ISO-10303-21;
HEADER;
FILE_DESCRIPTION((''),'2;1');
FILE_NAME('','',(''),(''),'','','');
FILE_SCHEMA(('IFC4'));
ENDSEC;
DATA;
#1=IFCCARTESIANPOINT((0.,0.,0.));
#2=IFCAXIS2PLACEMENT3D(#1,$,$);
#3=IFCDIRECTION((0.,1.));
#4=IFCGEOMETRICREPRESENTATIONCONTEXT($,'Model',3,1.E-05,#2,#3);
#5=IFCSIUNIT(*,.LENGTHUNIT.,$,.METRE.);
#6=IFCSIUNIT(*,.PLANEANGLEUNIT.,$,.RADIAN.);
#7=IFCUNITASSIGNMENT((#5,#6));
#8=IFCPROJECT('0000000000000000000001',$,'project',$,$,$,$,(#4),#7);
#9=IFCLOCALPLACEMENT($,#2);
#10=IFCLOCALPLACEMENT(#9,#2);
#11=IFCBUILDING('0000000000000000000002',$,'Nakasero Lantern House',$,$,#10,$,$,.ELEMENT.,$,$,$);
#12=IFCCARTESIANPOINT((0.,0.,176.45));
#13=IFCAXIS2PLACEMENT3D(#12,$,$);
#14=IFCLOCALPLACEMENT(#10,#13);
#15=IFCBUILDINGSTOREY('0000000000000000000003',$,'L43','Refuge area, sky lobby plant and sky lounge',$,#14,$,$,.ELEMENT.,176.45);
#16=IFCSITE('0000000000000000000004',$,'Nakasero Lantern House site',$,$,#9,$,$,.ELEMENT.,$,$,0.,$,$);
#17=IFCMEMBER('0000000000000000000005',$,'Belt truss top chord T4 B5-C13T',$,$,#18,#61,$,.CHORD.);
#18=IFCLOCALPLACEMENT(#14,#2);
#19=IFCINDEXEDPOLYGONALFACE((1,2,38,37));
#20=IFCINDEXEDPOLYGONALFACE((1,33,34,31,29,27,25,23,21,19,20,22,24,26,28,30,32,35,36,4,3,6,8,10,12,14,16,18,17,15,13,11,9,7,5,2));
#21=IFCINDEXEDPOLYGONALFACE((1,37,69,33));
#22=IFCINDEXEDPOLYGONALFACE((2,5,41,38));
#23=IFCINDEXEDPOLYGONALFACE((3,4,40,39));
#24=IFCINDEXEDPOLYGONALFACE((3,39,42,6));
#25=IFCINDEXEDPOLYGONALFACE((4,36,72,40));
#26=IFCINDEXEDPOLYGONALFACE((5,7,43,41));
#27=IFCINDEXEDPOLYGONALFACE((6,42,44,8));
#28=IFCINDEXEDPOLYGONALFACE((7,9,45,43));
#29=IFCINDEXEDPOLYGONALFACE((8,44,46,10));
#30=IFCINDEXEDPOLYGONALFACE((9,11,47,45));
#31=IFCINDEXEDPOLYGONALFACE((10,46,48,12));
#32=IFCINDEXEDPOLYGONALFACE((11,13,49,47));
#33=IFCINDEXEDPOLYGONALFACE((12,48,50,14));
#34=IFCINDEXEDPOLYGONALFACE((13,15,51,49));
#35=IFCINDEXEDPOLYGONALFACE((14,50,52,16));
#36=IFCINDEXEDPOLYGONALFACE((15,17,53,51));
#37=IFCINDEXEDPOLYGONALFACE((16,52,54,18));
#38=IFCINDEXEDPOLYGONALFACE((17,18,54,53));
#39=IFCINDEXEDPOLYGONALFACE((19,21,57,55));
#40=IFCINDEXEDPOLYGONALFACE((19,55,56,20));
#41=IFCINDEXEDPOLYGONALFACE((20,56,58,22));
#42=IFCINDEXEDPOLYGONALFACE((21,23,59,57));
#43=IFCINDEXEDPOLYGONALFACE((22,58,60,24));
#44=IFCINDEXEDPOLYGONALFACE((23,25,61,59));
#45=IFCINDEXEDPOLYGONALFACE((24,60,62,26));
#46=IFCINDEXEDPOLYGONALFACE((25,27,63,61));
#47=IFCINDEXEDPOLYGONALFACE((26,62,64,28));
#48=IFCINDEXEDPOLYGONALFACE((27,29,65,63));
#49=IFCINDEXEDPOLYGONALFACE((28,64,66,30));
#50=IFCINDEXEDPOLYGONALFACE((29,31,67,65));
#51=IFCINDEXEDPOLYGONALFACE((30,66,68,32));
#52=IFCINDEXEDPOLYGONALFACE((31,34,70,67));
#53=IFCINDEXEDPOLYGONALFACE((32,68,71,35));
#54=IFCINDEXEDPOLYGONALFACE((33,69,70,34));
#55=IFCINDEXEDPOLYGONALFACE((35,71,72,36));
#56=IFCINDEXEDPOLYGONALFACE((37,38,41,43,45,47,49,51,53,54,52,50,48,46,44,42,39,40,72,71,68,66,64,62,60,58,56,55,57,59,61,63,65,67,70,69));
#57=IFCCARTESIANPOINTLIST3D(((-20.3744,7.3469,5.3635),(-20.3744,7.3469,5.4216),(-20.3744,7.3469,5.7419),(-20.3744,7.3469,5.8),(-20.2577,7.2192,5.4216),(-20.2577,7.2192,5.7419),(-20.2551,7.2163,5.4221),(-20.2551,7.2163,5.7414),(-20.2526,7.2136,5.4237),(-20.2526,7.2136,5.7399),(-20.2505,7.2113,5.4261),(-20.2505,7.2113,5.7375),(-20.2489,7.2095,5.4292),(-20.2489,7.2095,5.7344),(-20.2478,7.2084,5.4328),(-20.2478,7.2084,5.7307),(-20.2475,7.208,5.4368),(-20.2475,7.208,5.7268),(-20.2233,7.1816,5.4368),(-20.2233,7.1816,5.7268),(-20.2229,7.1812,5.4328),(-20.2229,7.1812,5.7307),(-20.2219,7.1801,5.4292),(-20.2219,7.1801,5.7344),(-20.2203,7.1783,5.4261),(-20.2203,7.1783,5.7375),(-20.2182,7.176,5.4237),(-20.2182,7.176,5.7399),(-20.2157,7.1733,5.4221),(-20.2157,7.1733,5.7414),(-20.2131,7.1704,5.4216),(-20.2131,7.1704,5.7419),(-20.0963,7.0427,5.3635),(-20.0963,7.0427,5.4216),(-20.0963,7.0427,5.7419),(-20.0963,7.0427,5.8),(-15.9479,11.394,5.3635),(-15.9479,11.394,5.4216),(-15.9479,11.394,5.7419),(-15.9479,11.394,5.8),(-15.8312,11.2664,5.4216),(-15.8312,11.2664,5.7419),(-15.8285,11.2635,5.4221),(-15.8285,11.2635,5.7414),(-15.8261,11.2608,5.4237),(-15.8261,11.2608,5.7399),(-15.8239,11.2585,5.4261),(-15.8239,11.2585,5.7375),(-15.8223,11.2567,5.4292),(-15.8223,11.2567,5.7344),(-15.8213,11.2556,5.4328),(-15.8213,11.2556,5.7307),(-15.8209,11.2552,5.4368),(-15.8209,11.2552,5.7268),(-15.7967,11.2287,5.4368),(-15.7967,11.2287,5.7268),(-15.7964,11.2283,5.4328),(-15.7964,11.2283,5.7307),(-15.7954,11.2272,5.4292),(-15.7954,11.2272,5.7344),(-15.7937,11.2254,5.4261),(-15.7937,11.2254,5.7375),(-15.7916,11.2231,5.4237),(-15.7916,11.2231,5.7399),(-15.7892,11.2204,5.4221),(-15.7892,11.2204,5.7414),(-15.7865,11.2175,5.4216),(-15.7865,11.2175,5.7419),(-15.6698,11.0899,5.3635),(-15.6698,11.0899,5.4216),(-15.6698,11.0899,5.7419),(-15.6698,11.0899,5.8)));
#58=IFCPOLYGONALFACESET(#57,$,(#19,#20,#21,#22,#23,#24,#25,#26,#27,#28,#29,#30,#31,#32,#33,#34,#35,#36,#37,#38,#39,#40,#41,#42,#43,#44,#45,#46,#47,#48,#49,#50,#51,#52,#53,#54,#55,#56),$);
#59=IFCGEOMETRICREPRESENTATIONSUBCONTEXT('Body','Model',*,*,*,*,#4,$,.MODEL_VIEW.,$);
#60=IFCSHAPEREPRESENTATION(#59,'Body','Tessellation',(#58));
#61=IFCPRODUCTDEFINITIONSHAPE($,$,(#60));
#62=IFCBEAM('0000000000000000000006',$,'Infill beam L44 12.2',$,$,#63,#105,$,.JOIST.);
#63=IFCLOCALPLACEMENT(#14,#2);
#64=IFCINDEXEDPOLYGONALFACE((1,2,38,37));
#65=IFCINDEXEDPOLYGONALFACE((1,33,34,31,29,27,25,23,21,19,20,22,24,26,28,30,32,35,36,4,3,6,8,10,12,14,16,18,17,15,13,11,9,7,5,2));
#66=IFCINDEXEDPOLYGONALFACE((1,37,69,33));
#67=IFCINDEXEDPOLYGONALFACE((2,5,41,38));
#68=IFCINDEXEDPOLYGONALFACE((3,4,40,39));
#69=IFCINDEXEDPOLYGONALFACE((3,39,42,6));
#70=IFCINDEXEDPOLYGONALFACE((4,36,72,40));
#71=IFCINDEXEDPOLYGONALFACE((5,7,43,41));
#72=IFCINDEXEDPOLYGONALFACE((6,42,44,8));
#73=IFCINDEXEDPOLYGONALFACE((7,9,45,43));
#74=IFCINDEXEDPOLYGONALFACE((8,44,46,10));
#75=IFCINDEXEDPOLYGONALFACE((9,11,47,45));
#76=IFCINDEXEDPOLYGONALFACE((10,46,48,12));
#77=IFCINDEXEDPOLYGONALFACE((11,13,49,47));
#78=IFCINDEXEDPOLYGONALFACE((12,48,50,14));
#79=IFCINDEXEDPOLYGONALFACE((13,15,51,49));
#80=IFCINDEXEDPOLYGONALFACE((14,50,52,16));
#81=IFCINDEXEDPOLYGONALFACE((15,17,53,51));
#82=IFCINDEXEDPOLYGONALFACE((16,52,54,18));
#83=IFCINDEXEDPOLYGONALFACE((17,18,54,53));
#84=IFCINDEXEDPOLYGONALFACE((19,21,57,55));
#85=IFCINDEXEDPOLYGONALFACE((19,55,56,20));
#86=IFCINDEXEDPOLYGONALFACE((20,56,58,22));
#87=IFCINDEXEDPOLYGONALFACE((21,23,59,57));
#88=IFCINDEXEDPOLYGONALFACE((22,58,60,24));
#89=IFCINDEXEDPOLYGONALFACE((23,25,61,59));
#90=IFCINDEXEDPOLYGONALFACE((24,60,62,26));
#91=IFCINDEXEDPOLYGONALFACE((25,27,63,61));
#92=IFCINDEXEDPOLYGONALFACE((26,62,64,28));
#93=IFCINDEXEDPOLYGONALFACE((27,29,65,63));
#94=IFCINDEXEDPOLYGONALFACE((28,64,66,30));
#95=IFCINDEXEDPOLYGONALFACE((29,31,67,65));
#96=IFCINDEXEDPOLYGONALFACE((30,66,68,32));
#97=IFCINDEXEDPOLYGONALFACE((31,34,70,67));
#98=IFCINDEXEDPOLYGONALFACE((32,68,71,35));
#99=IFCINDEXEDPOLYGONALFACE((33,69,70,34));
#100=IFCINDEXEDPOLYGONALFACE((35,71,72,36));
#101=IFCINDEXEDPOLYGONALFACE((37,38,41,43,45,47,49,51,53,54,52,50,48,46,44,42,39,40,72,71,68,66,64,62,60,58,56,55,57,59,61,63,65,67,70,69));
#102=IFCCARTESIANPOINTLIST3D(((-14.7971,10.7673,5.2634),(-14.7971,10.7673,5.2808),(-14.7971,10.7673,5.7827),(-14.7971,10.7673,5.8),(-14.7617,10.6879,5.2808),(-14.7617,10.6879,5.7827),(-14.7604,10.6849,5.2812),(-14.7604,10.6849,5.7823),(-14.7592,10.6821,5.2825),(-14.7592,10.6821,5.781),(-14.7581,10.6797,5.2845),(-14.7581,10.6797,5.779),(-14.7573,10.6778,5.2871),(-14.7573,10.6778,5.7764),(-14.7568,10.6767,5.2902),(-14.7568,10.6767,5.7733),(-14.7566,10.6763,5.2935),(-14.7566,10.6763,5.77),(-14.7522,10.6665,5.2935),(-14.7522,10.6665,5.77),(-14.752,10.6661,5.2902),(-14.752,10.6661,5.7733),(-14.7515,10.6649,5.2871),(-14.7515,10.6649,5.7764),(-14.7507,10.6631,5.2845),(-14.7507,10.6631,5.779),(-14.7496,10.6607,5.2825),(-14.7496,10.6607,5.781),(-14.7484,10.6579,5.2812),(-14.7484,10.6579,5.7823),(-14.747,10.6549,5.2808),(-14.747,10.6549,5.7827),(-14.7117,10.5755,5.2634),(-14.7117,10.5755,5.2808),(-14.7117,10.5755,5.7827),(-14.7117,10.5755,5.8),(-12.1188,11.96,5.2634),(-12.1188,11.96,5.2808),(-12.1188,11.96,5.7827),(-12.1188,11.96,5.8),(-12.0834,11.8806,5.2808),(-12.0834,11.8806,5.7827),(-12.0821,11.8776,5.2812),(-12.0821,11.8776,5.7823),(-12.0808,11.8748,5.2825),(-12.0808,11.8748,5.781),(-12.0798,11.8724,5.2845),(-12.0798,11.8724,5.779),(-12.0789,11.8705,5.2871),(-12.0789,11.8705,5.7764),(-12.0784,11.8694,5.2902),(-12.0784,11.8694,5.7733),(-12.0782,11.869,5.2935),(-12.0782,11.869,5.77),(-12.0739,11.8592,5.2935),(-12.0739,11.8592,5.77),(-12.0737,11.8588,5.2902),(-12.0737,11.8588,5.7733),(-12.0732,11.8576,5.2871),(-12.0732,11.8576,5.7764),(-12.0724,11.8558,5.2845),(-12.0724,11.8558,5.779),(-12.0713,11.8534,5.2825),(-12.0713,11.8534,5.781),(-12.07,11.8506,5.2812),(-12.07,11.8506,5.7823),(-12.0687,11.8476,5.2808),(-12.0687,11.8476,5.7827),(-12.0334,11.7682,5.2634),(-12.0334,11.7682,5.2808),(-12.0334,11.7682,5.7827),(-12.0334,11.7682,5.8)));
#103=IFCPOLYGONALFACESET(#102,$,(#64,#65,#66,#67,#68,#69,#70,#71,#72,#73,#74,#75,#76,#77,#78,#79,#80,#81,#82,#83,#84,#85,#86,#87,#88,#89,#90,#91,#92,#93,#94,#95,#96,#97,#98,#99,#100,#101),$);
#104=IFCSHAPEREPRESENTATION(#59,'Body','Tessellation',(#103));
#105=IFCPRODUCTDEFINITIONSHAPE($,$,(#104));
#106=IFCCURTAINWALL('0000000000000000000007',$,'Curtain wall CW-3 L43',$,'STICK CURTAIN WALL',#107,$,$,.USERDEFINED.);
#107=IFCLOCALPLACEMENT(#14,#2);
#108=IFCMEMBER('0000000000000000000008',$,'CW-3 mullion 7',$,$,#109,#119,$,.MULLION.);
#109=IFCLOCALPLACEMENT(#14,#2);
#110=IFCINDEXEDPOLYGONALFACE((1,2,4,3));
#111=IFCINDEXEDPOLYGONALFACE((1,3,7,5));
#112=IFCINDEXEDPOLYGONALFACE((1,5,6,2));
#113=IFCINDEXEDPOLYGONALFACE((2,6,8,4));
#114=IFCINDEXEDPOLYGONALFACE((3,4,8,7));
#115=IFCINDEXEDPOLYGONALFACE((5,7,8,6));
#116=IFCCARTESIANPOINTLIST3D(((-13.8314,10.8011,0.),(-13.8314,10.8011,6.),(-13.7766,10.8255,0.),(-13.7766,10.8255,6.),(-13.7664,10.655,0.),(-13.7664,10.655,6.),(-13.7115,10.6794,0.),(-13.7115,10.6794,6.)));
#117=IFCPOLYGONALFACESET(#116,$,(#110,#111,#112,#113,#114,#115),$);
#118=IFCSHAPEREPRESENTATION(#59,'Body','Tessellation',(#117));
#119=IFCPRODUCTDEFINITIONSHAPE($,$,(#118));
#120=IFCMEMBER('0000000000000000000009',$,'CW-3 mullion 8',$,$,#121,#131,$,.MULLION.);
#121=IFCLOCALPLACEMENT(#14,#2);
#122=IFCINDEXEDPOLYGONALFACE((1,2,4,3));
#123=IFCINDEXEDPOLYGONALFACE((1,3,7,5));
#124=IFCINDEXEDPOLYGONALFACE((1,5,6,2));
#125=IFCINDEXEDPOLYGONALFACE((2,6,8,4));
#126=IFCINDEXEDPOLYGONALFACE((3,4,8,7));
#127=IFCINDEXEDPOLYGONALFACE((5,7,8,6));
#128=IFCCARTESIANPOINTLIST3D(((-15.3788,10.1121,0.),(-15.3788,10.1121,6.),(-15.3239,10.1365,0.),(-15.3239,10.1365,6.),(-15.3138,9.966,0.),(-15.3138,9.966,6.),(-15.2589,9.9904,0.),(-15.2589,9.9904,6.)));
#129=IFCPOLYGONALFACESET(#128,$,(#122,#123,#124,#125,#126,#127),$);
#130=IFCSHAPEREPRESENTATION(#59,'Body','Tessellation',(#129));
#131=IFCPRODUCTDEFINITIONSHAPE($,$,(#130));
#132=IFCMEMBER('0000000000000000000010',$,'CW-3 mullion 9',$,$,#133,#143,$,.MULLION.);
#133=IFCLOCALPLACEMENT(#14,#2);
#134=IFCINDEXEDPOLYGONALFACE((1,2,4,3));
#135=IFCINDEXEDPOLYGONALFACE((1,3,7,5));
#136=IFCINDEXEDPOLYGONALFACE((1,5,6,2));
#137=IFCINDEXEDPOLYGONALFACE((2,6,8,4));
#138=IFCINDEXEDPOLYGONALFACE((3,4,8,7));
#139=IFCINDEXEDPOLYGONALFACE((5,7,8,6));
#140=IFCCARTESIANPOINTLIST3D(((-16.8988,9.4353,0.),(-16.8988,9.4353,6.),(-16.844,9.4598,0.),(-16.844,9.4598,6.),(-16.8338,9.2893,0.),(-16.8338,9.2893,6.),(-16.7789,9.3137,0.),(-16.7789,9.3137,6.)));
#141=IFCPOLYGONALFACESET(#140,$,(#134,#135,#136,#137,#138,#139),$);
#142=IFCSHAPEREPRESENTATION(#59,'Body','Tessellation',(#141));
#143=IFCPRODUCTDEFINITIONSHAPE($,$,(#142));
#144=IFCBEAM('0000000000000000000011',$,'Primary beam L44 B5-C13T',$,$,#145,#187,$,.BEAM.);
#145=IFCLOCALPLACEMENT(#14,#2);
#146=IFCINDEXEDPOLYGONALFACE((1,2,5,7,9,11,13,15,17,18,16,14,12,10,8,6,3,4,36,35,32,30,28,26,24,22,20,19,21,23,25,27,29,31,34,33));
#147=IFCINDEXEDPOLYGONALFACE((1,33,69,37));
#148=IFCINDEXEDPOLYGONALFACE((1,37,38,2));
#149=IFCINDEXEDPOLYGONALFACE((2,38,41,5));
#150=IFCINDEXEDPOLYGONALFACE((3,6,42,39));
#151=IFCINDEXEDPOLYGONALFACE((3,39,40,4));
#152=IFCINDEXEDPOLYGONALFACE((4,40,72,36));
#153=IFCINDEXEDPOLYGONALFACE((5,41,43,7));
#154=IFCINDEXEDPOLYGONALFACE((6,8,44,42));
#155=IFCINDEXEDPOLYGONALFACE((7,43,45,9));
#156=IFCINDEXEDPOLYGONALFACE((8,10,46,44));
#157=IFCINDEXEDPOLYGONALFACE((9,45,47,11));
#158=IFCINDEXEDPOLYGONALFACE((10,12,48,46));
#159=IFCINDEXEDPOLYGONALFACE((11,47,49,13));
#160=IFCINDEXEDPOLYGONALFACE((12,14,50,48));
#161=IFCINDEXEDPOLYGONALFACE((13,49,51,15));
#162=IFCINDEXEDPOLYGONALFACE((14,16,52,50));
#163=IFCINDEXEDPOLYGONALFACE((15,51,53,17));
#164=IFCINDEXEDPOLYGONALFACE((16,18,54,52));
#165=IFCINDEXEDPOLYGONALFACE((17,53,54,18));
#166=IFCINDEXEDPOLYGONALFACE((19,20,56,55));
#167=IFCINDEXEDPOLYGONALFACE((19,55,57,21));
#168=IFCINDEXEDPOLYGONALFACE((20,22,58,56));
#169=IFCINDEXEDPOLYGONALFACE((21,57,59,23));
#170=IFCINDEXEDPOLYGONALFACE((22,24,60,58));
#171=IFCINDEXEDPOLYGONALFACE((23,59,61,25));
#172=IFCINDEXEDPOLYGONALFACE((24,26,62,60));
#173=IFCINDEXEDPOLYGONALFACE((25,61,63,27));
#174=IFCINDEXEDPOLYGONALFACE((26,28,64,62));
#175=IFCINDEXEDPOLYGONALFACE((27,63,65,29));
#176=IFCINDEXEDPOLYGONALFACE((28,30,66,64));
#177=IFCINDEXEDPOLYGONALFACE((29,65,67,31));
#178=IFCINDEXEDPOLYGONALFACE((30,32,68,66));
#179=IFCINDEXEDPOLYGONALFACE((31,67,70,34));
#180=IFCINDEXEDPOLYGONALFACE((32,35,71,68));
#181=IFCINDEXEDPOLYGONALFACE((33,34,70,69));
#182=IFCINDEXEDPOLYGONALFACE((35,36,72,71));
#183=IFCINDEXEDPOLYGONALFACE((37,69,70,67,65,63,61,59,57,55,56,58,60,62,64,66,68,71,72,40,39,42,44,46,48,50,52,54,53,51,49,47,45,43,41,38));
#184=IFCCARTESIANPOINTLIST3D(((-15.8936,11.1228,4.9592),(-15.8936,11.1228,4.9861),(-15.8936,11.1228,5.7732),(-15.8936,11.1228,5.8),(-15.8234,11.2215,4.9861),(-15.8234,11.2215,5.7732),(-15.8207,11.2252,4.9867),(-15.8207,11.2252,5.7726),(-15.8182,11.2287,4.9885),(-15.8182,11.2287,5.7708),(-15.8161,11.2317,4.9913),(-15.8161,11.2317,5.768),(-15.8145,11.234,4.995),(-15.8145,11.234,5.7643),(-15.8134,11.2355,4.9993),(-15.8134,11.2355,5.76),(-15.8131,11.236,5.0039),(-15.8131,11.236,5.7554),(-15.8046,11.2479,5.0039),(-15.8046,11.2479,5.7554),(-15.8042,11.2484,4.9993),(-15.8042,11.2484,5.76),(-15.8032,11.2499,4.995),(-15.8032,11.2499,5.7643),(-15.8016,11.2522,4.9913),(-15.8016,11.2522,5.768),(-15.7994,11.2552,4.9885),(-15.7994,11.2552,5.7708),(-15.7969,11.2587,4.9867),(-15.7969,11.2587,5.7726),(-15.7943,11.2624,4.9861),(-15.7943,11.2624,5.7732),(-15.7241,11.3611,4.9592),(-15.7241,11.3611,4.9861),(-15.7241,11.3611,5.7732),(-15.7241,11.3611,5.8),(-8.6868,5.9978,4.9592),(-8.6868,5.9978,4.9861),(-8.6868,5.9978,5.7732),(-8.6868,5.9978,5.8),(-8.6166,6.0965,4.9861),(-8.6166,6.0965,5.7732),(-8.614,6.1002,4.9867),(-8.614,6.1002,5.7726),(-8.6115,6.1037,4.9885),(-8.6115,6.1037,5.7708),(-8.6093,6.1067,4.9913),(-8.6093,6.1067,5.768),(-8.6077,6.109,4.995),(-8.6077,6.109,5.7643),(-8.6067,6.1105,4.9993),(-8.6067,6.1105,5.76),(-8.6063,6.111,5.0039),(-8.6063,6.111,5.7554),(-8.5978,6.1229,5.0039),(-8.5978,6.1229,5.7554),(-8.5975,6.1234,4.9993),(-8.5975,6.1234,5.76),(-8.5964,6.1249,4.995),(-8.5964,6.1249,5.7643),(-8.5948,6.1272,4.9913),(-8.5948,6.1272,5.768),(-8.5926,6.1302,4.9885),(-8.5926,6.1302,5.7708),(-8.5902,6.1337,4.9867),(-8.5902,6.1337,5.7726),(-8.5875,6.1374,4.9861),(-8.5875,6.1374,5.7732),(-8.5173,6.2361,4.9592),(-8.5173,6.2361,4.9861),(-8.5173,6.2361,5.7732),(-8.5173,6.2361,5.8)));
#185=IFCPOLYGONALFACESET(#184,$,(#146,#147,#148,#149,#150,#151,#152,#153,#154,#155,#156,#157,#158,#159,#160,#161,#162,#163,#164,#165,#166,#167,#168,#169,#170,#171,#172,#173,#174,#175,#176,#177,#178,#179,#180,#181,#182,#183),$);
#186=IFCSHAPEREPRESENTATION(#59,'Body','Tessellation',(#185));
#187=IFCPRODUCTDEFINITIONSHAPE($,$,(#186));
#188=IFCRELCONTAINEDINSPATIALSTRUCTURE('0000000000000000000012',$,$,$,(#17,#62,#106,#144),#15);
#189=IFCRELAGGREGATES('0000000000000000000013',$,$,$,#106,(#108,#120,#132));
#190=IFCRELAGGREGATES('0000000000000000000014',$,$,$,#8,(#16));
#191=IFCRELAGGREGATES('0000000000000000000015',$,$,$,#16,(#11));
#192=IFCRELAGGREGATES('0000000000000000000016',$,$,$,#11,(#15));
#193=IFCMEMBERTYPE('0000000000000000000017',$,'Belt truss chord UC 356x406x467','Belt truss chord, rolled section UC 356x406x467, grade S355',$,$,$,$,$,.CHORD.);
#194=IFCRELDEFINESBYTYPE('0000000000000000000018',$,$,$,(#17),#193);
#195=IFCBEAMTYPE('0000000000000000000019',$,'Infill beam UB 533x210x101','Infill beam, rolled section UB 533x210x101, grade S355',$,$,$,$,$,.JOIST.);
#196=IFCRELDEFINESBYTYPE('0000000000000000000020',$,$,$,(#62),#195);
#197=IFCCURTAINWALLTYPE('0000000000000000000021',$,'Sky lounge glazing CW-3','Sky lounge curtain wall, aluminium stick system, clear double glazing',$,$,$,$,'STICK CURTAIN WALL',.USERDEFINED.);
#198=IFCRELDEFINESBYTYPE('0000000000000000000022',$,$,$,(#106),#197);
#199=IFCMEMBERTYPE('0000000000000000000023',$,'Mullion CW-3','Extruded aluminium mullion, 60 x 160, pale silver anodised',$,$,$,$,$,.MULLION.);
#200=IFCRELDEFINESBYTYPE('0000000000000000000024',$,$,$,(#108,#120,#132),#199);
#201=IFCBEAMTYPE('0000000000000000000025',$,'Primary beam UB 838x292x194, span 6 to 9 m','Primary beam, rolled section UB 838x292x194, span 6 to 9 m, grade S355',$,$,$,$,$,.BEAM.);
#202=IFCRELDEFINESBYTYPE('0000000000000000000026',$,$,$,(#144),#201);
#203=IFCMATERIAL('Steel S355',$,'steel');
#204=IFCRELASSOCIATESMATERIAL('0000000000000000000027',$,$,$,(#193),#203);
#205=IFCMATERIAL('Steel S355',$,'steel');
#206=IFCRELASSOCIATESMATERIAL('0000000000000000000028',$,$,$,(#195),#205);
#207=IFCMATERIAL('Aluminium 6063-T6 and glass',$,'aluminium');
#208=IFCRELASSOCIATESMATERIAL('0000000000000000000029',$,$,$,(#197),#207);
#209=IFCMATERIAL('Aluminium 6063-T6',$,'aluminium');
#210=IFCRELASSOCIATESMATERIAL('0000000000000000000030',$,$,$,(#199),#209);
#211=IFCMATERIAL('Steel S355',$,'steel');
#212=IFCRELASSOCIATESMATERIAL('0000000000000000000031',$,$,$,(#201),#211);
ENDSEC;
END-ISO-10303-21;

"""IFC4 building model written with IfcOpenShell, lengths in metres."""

from ifc_helpers import new_model, si_unit, direction, frame, origin, origin_2d, place, context, subcontext, project, spatial, rectangle, i_section, extrude, material, material_profile, profile_set, type_object, element, aggregate, save


model = new_model("IFC4")

# Units and contexts
model_context = context("Model", 3, precision=1e-05, world=origin(), true_north=direction((0.0, 1.0)))
body_context = subcontext(model_context, "Body", "Model", "MODEL_VIEW")
ifc_project = project(units=[si_unit("LENGTHUNIT", "METRE"), si_unit("PLANEANGLEUNIT", "RADIAN")], contexts=[model_context])

# Site, building, storey
site_placement = place(None, origin())
site = spatial("IfcSite", under=ifc_project, at=site_placement, Name="Nakasero Lantern House site", CompositionType="ELEMENT", RefElevation=0.0)
building_placement = place(site_placement, origin())
building = spatial("IfcBuilding", under=site, at=building_placement, Name="Nakasero Lantern House", CompositionType="ELEMENT")
storey_placement = place(building_placement, frame((0.0, 0.0, 176.45)))
storey = spatial("IfcBuildingStorey", under=building, at=storey_placement, Name="L43", Description="Refuge area, sky lobby plant and sky lounge", CompositionType="ELEMENT", Elevation=176.45)

# Member
ifc_material_1 = material(Name="Steel S355", Category="steel")
ifc_material_profile_1 = material_profile(ifc_material_1, i_section(OverallWidth=0.4121, OverallDepth=0.4365, WebThickness=0.0359, FlangeThickness=0.0581, FilletRadius=0.0151, at=origin_2d()), Name="UC 356x406x467")
ifc_profile_set_1 = profile_set([ifc_material_profile_1], Name="Steel S355")
member_type_1 = type_object("IfcMemberType", Name="Belt truss chord UC 356x406x467", Description="Belt truss chord, rolled section UC 356x406x467, grade S355", PredefinedType="CHORD", material=ifc_profile_set_1)
member_1_placement = place(storey_placement, frame((-15.8088, 11.2419, 5.5818), z_axis=(-0.738027, -0.674771, 0.0), x_axis=(0.674771, -0.738027, 0.0)))
element("IfcMember", 1, at=member_1_placement, inside=storey, type_object=member_type_1, Name="Belt truss top chord T4 B5-C13T", PredefinedType="CHORD", context=body_context, shape_type="SweptSolid", body=[
    extrude(i_section(OverallWidth=0.4121, OverallDepth=0.4365, WebThickness=0.0359, FlangeThickness=0.0581, FilletRadius=0.0151, at=origin_2d()), origin(), (0.0, 0.0, 1.0), 5.9978),
])

# Beam
ifc_material_2 = material(Name="Steel S355", Category="steel")
ifc_material_profile_2 = material_profile(ifc_material_2, i_section(OverallWidth=0.21, OverallDepth=0.5366, WebThickness=0.0107, FlangeThickness=0.0173, FilletRadius=0.0127, at=origin_2d()), Name="UB 533x210x101")
ifc_profile_set_2 = profile_set([ifc_material_profile_2], Name="Steel S355")
beam_type_1 = type_object("IfcBeamType", Name="Infill beam UB 533x210x101", Description="Infill beam, rolled section UB 533x210x101, grade S355", PredefinedType="JOIST", material=ifc_profile_set_2)
beam_1_placement = place(storey_placement, frame((-14.7544, 10.6714, 5.5317), z_axis=(0.913519, 0.406795, 0.0), x_axis=(-0.406795, 0.913519, 0.0)))
element("IfcBeam", 2, at=beam_1_placement, inside=storey, type_object=beam_type_1, Name="Infill beam L44 12.2", PredefinedType="JOIST", context=body_context, shape_type="SweptSolid", body=[
    extrude(i_section(OverallWidth=0.21, OverallDepth=0.5366, WebThickness=0.0107, FlangeThickness=0.0173, FilletRadius=0.0127, at=origin_2d()), origin(), (0.0, 0.0, 1.0), 2.9319),
])

# Curtain wall, members
ifc_material_3 = material(Name="Aluminium 6063-T6 and glass", Category="aluminium")
curtain_wall_type = type_object("IfcCurtainWallType", Name="Sky lounge glazing CW-3", Description="Sky lounge curtain wall, aluminium stick system, clear double glazing", ElementType="STICK CURTAIN WALL", PredefinedType="USERDEFINED", material=ifc_material_3)
curtain_wall_placement = place(storey_placement, origin())
curtain_wall = element("IfcCurtainWall", 3, at=curtain_wall_placement, inside=storey, type_object=curtain_wall_type, Name="Curtain wall CW-3 L43", ObjectType="STICK CURTAIN WALL", PredefinedType="USERDEFINED")
ifc_material_4 = material(Name="Aluminium 6063-T6", Category="aluminium")
ifc_material_profile_3 = material_profile(ifc_material_4, rectangle(XDim=0.0601, YDim=0.1599, at=origin_2d()), Name="CW-3 mullion 60x160")
ifc_profile_set_3 = profile_set([ifc_material_profile_3], Name="Aluminium 6063-T6")
member_type_2 = type_object("IfcMemberType", Name="Mullion CW-3", Description="Extruded aluminium mullion, 60 x 160, pale silver anodised", PredefinedType="MULLION", material=ifc_profile_set_3)
member_2_placement = place(storey_placement, frame((-13.7715, 10.7402, 0.0), z_axis=(0.0, 0.0, 1.0), x_axis=(-0.913545, -0.406737, 0.0)))
member_2 = element("IfcMember", 4, at=member_2_placement, type_object=member_type_2, Name="CW-3 mullion 7", PredefinedType="MULLION", context=body_context, shape_type="SweptSolid", body=[
    extrude(rectangle(XDim=0.0601, YDim=0.1599, at=origin_2d()), origin(), (0.0, 0.0, 1.0), 6.0),
])
member_3_placement = place(storey_placement, frame((-15.3188, 10.0513, 0.0), z_axis=(0.0, 0.0, 1.0), x_axis=(-0.913545, -0.406737, 0.0)))
member_3 = element("IfcMember", 5, at=member_3_placement, type_object=member_type_2, Name="CW-3 mullion 8", PredefinedType="MULLION", context=body_context, shape_type="SweptSolid", body=[
    extrude(rectangle(XDim=0.0601, YDim=0.1599, at=origin_2d()), origin(), (0.0, 0.0, 1.0), 6.0),
])
member_4_placement = place(storey_placement, frame((-16.8389, 9.3745, 0.0), z_axis=(0.0, 0.0, 1.0), x_axis=(-0.913545, -0.406737, 0.0)))
member_4 = element("IfcMember", 6, at=member_4_placement, type_object=member_type_2, Name="CW-3 mullion 9", PredefinedType="MULLION", context=body_context, shape_type="SweptSolid", body=[
    extrude(rectangle(XDim=0.0601, YDim=0.1599, at=origin_2d()), origin(), (0.0, 0.0, 1.0), 6.0),
])

# Beam
ifc_material_5 = material(Name="Steel S355", Category="steel")
ifc_material_profile_4 = material_profile(ifc_material_5, i_section(OverallWidth=0.2925, OverallDepth=0.8408, WebThickness=0.0146, FlangeThickness=0.0269, FilletRadius=0.0178, at=origin_2d()), Name="UB 838x292x194")
ifc_profile_set_4 = profile_set([ifc_material_profile_4], Name="Steel S355")
beam_type_2 = type_object("IfcBeamType", Name="Primary beam UB 838x292x194, span 6 to 9 m", Description="Primary beam, rolled section UB 838x292x194, span 6 to 9 m, grade S355", PredefinedType="BEAM", material=ifc_profile_set_4)
beam_2_placement = place(storey_placement, frame((-15.8088, 11.2419, 5.3796), z_axis=(0.814946, -0.579537, 0.0), x_axis=(0.579537, 0.814946, 0.0)))
element("IfcBeam", 7, at=beam_2_placement, inside=storey, type_object=beam_type_2, Name="Primary beam L44 B5-C13T", PredefinedType="BEAM", context=body_context, shape_type="SweptSolid", body=[
    extrude(i_section(OverallWidth=0.2925, OverallDepth=0.8408, WebThickness=0.0146, FlangeThickness=0.0269, FilletRadius=0.0178, at=origin_2d()), origin(), (0.0, 0.0, 1.0), 8.8433),
])

aggregate(curtain_wall, [member_2, member_3, member_4])

save(model, "model.ifc")
